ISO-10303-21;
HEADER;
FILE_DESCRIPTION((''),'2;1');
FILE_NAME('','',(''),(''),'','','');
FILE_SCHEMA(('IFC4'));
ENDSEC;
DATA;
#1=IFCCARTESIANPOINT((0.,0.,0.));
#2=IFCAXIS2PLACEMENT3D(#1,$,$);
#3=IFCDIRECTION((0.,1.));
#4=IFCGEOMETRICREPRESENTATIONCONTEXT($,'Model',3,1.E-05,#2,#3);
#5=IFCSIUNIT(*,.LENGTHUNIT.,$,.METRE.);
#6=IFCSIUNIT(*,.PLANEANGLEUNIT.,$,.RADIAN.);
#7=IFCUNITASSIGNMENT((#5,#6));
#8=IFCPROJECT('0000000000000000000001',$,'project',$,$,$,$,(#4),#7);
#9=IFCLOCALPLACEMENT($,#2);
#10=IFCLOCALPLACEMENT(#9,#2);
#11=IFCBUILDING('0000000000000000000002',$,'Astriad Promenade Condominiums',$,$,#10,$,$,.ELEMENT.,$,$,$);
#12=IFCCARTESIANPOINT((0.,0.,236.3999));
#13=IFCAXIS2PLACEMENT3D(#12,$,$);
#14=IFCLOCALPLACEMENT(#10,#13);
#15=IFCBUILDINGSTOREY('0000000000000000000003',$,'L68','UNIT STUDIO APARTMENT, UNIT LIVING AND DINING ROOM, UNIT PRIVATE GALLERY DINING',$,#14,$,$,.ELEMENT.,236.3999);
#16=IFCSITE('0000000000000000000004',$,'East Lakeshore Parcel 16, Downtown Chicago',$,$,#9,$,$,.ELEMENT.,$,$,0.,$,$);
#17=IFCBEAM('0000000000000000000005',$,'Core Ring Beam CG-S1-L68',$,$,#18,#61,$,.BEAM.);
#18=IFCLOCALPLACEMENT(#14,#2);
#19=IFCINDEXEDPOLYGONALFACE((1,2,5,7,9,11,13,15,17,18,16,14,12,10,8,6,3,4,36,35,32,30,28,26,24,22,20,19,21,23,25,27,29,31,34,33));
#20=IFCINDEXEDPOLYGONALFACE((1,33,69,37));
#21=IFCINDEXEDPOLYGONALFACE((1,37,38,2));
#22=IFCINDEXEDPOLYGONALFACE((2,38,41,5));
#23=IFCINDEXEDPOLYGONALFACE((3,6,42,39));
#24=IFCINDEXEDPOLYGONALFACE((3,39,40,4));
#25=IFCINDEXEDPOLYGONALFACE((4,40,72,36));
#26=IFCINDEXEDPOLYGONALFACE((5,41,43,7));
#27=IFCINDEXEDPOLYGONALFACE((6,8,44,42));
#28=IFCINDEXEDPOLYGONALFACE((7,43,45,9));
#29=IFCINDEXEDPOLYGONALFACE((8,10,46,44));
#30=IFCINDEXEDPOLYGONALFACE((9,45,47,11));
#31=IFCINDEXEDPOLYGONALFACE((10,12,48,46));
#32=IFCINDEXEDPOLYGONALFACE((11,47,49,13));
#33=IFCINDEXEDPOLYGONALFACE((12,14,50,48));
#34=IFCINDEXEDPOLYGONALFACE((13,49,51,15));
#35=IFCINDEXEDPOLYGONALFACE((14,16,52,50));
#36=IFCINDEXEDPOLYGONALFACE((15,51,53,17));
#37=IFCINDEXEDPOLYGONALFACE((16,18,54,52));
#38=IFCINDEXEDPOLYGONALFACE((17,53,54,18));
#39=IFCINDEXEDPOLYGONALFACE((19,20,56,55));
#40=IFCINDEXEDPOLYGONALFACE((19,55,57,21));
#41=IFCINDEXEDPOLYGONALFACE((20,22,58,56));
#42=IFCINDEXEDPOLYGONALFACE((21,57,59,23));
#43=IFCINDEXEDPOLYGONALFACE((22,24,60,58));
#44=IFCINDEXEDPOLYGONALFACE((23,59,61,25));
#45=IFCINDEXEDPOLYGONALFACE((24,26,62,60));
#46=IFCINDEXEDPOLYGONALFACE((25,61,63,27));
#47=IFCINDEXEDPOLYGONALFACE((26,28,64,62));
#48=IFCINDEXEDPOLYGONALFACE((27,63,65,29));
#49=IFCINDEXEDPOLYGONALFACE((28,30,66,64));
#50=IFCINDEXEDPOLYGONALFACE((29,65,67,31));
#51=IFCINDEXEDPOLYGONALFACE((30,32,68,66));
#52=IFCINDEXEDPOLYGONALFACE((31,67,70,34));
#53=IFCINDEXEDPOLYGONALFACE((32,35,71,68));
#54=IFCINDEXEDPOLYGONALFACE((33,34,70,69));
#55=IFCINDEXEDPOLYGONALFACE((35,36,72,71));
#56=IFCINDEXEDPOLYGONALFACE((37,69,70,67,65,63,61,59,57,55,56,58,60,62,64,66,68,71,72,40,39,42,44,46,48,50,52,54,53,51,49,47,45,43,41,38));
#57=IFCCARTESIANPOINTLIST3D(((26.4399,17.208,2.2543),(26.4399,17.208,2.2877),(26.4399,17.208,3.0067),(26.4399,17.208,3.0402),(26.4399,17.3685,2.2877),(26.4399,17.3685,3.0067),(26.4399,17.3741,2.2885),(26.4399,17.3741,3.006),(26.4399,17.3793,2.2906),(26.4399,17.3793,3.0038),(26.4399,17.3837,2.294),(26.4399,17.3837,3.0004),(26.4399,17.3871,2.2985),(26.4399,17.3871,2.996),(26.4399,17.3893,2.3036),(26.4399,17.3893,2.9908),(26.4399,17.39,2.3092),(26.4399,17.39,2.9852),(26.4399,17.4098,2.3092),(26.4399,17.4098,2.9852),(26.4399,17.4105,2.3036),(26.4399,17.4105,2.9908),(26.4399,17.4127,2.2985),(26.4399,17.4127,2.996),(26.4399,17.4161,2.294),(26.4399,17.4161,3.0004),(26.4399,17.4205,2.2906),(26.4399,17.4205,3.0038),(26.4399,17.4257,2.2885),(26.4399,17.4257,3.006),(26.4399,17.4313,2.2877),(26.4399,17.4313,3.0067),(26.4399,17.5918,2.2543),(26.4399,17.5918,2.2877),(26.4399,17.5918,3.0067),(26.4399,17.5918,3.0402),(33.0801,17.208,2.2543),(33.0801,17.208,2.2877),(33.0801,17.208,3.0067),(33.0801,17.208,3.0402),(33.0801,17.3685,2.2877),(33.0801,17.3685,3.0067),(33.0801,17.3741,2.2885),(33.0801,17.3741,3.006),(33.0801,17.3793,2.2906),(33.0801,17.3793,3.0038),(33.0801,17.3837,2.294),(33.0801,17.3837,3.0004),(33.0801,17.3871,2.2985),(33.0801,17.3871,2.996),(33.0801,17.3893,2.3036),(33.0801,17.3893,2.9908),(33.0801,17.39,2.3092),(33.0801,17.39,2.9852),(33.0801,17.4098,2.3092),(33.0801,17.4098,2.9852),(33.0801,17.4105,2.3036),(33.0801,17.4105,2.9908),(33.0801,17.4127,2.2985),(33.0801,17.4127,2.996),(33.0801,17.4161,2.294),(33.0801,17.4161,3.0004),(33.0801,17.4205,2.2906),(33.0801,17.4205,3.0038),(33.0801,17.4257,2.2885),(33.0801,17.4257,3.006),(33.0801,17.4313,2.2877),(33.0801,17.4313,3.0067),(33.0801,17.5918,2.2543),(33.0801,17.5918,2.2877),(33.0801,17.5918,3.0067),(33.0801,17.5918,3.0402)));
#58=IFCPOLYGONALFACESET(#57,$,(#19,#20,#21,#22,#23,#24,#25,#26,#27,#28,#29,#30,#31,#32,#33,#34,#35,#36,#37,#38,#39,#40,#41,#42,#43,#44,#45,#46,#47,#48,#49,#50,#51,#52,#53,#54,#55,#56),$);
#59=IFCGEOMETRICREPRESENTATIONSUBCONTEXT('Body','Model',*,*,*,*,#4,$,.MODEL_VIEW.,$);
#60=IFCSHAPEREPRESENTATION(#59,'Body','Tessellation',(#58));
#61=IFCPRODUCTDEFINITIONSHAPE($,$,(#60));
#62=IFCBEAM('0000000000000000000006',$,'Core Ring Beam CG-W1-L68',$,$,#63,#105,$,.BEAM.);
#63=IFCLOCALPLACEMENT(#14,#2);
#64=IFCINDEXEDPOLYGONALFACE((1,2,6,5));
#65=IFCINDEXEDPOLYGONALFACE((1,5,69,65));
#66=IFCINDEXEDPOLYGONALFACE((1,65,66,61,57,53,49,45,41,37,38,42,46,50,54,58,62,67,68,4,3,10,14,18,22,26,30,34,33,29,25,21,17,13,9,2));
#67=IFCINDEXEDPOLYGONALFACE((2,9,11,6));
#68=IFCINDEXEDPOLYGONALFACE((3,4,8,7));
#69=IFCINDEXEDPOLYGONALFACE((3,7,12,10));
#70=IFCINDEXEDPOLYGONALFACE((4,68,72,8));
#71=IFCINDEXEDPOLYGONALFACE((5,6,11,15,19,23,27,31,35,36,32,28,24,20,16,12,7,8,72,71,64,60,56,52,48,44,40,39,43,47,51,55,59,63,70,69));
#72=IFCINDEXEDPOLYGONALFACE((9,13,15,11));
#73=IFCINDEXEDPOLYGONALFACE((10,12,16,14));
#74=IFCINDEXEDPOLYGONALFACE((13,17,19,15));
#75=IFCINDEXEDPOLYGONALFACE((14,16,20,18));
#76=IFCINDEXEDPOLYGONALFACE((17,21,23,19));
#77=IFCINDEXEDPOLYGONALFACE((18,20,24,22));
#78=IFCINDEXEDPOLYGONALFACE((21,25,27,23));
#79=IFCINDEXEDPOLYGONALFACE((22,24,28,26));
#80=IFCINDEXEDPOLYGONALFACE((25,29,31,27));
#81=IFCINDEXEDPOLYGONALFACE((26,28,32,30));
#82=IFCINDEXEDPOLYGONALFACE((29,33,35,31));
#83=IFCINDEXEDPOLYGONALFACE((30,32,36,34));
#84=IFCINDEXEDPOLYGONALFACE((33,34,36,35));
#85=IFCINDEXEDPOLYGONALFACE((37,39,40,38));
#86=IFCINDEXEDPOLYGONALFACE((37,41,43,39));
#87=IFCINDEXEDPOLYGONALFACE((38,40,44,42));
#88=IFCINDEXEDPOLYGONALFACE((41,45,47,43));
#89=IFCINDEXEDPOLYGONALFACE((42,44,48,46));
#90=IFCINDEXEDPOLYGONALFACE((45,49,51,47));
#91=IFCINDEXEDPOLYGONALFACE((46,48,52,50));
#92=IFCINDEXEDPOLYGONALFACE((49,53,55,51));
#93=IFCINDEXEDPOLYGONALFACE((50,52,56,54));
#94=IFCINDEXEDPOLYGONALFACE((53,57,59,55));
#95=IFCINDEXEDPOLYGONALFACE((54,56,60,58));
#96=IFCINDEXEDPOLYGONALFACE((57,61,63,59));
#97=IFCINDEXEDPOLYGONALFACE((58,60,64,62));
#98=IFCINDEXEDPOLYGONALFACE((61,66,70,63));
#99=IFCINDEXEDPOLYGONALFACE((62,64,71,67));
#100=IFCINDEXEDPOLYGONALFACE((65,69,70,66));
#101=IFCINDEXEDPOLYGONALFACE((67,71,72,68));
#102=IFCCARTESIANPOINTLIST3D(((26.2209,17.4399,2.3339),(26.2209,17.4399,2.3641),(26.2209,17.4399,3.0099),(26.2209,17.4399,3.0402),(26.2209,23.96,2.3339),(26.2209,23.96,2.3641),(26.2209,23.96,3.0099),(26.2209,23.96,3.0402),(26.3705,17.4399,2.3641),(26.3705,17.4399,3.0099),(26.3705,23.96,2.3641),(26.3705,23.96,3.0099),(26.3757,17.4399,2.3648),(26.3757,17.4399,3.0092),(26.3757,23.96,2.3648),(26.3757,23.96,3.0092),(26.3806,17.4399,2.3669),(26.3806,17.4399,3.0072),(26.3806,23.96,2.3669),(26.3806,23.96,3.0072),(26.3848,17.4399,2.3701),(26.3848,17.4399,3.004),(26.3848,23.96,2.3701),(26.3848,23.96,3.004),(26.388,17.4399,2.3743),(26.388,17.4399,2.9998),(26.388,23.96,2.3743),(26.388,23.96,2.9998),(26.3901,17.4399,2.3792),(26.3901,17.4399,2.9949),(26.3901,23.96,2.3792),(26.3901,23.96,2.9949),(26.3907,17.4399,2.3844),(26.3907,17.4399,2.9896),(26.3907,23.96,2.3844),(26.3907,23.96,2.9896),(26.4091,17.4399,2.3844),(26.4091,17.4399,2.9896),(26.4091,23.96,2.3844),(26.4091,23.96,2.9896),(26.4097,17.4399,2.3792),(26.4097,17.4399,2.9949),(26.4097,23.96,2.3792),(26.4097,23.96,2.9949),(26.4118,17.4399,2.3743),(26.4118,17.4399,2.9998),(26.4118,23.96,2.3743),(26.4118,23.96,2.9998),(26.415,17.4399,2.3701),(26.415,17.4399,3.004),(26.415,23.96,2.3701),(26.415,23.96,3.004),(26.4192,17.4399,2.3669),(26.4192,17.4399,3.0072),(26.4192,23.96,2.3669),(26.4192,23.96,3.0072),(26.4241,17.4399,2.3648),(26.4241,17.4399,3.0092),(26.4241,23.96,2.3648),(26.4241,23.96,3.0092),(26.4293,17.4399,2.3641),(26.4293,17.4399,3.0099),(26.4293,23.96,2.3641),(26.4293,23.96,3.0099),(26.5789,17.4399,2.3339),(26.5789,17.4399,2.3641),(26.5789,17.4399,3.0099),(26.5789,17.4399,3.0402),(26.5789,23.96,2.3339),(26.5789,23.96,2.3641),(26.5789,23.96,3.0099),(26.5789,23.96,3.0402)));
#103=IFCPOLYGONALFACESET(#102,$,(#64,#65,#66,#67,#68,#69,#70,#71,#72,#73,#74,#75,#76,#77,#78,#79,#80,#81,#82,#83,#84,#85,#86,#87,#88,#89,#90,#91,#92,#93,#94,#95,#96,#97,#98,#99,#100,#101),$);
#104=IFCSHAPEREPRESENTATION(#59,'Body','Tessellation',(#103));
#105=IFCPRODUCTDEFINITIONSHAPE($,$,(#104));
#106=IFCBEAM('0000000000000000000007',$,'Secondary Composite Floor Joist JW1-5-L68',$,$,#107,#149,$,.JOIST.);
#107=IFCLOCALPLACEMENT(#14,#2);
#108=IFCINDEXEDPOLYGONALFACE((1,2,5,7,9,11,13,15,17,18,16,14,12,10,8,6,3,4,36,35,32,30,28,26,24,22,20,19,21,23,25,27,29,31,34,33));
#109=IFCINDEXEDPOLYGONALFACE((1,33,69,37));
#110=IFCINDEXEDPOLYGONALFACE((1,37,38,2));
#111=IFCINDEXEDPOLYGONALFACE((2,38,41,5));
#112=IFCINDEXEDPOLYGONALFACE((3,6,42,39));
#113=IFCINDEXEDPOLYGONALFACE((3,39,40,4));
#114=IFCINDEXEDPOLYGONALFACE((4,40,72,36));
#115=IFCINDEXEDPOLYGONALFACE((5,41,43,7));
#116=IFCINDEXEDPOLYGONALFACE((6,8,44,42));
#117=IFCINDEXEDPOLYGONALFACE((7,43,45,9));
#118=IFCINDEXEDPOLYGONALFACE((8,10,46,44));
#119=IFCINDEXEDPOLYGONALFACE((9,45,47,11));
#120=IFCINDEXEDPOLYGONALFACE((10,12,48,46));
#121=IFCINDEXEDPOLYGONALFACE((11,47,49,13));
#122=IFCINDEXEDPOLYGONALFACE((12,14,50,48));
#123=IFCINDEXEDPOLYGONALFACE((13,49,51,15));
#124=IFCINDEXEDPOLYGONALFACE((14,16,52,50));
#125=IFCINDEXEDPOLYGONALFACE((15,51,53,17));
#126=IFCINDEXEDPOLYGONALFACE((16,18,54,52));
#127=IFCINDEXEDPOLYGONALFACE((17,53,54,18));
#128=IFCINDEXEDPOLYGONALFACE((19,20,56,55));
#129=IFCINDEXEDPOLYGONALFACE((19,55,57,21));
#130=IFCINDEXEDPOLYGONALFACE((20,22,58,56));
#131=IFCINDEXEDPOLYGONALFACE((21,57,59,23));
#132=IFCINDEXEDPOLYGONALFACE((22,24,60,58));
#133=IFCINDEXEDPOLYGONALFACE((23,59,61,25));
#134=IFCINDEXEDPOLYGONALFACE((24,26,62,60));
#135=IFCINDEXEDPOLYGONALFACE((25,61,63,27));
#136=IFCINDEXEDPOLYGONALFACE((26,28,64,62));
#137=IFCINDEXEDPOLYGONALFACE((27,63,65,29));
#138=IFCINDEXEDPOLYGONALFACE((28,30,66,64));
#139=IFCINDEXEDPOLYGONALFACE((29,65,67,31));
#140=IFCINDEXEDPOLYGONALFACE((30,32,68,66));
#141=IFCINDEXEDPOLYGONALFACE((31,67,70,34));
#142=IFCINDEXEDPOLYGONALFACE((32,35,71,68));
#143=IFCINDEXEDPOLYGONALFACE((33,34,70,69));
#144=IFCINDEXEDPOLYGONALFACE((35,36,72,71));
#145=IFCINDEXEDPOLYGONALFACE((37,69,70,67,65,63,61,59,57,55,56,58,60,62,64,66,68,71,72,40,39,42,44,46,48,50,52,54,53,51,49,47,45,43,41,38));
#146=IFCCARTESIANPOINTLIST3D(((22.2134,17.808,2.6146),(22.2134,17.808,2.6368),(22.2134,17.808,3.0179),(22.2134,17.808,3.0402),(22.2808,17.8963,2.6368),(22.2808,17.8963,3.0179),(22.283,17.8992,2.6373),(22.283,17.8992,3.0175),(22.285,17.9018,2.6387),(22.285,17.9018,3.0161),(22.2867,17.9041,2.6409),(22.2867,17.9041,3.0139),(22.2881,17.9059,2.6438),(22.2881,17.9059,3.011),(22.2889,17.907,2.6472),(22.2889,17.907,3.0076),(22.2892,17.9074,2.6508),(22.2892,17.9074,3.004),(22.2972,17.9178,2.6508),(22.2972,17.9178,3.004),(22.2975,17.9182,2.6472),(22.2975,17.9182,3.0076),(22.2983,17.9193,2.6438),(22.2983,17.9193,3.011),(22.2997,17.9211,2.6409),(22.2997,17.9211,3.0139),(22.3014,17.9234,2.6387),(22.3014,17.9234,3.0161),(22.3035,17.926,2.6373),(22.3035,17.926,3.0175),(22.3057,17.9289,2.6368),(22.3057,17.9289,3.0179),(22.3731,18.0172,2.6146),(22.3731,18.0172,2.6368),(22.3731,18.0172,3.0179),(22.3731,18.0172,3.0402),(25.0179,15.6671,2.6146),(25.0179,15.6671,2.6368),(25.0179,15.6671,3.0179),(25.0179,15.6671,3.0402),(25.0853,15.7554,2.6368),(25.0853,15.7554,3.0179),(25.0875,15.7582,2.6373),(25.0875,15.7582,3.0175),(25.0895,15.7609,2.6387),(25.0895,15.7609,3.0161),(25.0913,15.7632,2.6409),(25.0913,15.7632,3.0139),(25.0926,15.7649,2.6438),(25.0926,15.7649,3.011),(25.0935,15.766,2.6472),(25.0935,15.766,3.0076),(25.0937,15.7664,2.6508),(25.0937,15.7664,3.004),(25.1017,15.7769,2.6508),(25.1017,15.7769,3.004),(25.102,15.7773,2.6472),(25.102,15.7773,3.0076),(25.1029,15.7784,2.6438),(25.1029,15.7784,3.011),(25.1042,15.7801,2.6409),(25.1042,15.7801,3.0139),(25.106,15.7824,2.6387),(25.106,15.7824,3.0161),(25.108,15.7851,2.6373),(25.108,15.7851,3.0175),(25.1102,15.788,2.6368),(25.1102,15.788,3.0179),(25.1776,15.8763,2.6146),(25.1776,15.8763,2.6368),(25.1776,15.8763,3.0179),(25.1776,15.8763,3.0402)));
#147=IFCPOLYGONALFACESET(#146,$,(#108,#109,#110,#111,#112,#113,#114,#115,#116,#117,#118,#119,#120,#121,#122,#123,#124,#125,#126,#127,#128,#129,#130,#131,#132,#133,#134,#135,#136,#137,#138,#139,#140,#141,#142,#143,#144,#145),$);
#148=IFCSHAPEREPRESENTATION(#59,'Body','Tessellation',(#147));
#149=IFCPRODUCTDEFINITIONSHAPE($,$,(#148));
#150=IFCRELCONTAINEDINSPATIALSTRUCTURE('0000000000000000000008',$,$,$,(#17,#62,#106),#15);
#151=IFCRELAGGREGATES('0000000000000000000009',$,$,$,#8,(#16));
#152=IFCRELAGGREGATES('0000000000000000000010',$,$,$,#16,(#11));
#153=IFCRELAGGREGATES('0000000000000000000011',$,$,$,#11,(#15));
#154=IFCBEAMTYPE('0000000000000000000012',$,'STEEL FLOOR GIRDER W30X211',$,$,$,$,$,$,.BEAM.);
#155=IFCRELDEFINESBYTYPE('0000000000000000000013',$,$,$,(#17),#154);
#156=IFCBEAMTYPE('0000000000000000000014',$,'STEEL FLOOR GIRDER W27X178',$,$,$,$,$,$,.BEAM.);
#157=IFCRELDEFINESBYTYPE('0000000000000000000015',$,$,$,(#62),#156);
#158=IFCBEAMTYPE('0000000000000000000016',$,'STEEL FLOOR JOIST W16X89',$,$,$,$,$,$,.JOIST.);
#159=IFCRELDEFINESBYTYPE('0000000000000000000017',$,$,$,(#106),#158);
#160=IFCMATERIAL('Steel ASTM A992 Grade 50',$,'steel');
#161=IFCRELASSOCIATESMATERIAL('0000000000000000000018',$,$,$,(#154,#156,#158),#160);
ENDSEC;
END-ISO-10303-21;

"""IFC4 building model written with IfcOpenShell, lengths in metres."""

from ifc_helpers import new_model, si_unit, direction, frame, origin, origin_2d, place, context, subcontext, project, spatial, i_section, extrude, source, transform, mapped, material, material_profile, profile_set, type_object, type_shapes, element, save


model = new_model("IFC4")

# Units and contexts
model_context = context("Model", 3, precision=1e-05, world=origin(), true_north=direction((0.0, 1.0)))
body_context = subcontext(model_context, "Body", "Model", "MODEL_VIEW")
ifc_project = project(units=[si_unit("LENGTHUNIT", "METRE"), si_unit("PLANEANGLEUNIT", "RADIAN")], contexts=[model_context])

# Site, building, storey
site_placement = place(None, origin())
site = spatial("IfcSite", under=ifc_project, at=site_placement, Name="East Lakeshore Parcel 16, Downtown Chicago", CompositionType="ELEMENT", RefElevation=0.0)
building_placement = place(site_placement, origin())
building = spatial("IfcBuilding", under=site, at=building_placement, Name="Astriad Promenade Condominiums", CompositionType="ELEMENT")
storey_placement = place(building_placement, frame((0.0, 0.0, 236.3999)))
storey = spatial("IfcBuildingStorey", under=building, at=storey_placement, Name="L68", Description="UNIT STUDIO APARTMENT, UNIT LIVING AND DINING ROOM, UNIT PRIVATE GALLERY DINING", CompositionType="ELEMENT", Elevation=236.3999)

# Beams
ifc_material_1 = material(Name="Steel ASTM A992 Grade 50", Category="steel")
ifc_material_profile_1 = material_profile(ifc_material_1, i_section(OverallWidth=0.3838, OverallDepth=0.7859, WebThickness=0.0198, FlangeThickness=0.0334, FilletRadius=0.0215, at=origin_2d()), Name="W30X211")
ifc_profile_set_1 = profile_set([ifc_material_profile_1], Name="Steel ASTM A992 Grade 50")
beam_type_1 = type_object("IfcBeamType", Name="STEEL FLOOR GIRDER W30X211", PredefinedType="BEAM", material=ifc_profile_set_1)
shared_shape_1 = source(origin(), body_context, "Body", "SweptSolid", [
    extrude(i_section(OverallWidth=0.3838, OverallDepth=0.7859, WebThickness=0.0198, FlangeThickness=0.0334, FilletRadius=0.0215, at=origin_2d()), origin(), (0.0, 0.0, 1.0), 6.6401),
])
type_shapes(beam_type_1, [shared_shape_1])
beam_1_placement = place(storey_placement, frame((26.4399, 17.3999, 2.6472), z_axis=(1.0, 0.0, 0.0), x_axis=(0.0, 1.0, 0.0)))
element("IfcBeam", 1, at=beam_1_placement, inside=storey, type_object=beam_type_1, Name="Core Ring Beam CG-S1-L68", PredefinedType="BEAM", context=body_context, shape_type="MappedRepresentation", body=[
    mapped(shared_shape_1, transform((0.0, 0.0, 0.0), scale=1.0)),
])
ifc_material_profile_2 = material_profile(ifc_material_1, i_section(OverallWidth=0.3579, OverallDepth=0.7063, WebThickness=0.0183, FlangeThickness=0.0303, FilletRadius=0.0203, at=origin_2d()), Name="W27X178")
ifc_profile_set_2 = profile_set([ifc_material_profile_2], Name="Steel ASTM A992 Grade 50")
beam_type_2 = type_object("IfcBeamType", Name="STEEL FLOOR GIRDER W27X178", PredefinedType="BEAM", material=ifc_profile_set_2)
shared_shape_2 = source(origin(), body_context, "Body", "SweptSolid", [
    extrude(i_section(OverallWidth=0.3579, OverallDepth=0.7063, WebThickness=0.0183, FlangeThickness=0.0303, FilletRadius=0.0203, at=origin_2d()), origin(), (0.0, 0.0, 1.0), 6.52),
])
type_shapes(beam_type_2, [shared_shape_2])
beam_2_placement = place(storey_placement, frame((26.3999, 17.4399, 2.687), z_axis=(0.0, 1.0, 0.0), x_axis=(-1.0, 0.0, 0.0)))
element("IfcBeam", 2, at=beam_2_placement, inside=storey, type_object=beam_type_2, Name="Core Ring Beam CG-W1-L68", PredefinedType="BEAM", context=body_context, shape_type="MappedRepresentation", body=[
    mapped(shared_shape_2, transform((0.0, 0.0, 0.0), scale=1.0)),
])
ifc_material_profile_3 = material_profile(ifc_material_1, i_section(OverallWidth=0.2632, OverallDepth=0.4255, WebThickness=0.0132, FlangeThickness=0.0222, FilletRadius=0.0139, at=origin_2d()), Name="W16X89")
ifc_profile_set_3 = profile_set([ifc_material_profile_3], Name="Steel ASTM A992 Grade 50")
beam_type_3 = type_object("IfcBeamType", Name="STEEL FLOOR JOIST W16X89", PredefinedType="JOIST", material=ifc_profile_set_3)
shared_shape_3 = source(origin(), body_context, "Body", "SweptSolid", [
    extrude(i_section(OverallWidth=0.2632, OverallDepth=0.4255, WebThickness=0.0132, FlangeThickness=0.0222, FilletRadius=0.0139, at=origin_2d()), origin(), (0.0, 0.0, 1.0), 3.5283),
])
beam_3_placement = place(storey_placement, frame((22.2932, 17.9126, 2.8274), z_axis=(0.794864, -0.606787, 0.0), x_axis=(0.606787, 0.794864, 0.0)))
element("IfcBeam", 3, at=beam_3_placement, inside=storey, type_object=beam_type_3, Name="Secondary Composite Floor Joist JW1-5-L68", PredefinedType="JOIST", context=body_context, shape_type="MappedRepresentation", body=[
    mapped(shared_shape_3, transform((0.0, 0.0, 0.0), scale=1.0)),
])

save(model, "model.ifc")
